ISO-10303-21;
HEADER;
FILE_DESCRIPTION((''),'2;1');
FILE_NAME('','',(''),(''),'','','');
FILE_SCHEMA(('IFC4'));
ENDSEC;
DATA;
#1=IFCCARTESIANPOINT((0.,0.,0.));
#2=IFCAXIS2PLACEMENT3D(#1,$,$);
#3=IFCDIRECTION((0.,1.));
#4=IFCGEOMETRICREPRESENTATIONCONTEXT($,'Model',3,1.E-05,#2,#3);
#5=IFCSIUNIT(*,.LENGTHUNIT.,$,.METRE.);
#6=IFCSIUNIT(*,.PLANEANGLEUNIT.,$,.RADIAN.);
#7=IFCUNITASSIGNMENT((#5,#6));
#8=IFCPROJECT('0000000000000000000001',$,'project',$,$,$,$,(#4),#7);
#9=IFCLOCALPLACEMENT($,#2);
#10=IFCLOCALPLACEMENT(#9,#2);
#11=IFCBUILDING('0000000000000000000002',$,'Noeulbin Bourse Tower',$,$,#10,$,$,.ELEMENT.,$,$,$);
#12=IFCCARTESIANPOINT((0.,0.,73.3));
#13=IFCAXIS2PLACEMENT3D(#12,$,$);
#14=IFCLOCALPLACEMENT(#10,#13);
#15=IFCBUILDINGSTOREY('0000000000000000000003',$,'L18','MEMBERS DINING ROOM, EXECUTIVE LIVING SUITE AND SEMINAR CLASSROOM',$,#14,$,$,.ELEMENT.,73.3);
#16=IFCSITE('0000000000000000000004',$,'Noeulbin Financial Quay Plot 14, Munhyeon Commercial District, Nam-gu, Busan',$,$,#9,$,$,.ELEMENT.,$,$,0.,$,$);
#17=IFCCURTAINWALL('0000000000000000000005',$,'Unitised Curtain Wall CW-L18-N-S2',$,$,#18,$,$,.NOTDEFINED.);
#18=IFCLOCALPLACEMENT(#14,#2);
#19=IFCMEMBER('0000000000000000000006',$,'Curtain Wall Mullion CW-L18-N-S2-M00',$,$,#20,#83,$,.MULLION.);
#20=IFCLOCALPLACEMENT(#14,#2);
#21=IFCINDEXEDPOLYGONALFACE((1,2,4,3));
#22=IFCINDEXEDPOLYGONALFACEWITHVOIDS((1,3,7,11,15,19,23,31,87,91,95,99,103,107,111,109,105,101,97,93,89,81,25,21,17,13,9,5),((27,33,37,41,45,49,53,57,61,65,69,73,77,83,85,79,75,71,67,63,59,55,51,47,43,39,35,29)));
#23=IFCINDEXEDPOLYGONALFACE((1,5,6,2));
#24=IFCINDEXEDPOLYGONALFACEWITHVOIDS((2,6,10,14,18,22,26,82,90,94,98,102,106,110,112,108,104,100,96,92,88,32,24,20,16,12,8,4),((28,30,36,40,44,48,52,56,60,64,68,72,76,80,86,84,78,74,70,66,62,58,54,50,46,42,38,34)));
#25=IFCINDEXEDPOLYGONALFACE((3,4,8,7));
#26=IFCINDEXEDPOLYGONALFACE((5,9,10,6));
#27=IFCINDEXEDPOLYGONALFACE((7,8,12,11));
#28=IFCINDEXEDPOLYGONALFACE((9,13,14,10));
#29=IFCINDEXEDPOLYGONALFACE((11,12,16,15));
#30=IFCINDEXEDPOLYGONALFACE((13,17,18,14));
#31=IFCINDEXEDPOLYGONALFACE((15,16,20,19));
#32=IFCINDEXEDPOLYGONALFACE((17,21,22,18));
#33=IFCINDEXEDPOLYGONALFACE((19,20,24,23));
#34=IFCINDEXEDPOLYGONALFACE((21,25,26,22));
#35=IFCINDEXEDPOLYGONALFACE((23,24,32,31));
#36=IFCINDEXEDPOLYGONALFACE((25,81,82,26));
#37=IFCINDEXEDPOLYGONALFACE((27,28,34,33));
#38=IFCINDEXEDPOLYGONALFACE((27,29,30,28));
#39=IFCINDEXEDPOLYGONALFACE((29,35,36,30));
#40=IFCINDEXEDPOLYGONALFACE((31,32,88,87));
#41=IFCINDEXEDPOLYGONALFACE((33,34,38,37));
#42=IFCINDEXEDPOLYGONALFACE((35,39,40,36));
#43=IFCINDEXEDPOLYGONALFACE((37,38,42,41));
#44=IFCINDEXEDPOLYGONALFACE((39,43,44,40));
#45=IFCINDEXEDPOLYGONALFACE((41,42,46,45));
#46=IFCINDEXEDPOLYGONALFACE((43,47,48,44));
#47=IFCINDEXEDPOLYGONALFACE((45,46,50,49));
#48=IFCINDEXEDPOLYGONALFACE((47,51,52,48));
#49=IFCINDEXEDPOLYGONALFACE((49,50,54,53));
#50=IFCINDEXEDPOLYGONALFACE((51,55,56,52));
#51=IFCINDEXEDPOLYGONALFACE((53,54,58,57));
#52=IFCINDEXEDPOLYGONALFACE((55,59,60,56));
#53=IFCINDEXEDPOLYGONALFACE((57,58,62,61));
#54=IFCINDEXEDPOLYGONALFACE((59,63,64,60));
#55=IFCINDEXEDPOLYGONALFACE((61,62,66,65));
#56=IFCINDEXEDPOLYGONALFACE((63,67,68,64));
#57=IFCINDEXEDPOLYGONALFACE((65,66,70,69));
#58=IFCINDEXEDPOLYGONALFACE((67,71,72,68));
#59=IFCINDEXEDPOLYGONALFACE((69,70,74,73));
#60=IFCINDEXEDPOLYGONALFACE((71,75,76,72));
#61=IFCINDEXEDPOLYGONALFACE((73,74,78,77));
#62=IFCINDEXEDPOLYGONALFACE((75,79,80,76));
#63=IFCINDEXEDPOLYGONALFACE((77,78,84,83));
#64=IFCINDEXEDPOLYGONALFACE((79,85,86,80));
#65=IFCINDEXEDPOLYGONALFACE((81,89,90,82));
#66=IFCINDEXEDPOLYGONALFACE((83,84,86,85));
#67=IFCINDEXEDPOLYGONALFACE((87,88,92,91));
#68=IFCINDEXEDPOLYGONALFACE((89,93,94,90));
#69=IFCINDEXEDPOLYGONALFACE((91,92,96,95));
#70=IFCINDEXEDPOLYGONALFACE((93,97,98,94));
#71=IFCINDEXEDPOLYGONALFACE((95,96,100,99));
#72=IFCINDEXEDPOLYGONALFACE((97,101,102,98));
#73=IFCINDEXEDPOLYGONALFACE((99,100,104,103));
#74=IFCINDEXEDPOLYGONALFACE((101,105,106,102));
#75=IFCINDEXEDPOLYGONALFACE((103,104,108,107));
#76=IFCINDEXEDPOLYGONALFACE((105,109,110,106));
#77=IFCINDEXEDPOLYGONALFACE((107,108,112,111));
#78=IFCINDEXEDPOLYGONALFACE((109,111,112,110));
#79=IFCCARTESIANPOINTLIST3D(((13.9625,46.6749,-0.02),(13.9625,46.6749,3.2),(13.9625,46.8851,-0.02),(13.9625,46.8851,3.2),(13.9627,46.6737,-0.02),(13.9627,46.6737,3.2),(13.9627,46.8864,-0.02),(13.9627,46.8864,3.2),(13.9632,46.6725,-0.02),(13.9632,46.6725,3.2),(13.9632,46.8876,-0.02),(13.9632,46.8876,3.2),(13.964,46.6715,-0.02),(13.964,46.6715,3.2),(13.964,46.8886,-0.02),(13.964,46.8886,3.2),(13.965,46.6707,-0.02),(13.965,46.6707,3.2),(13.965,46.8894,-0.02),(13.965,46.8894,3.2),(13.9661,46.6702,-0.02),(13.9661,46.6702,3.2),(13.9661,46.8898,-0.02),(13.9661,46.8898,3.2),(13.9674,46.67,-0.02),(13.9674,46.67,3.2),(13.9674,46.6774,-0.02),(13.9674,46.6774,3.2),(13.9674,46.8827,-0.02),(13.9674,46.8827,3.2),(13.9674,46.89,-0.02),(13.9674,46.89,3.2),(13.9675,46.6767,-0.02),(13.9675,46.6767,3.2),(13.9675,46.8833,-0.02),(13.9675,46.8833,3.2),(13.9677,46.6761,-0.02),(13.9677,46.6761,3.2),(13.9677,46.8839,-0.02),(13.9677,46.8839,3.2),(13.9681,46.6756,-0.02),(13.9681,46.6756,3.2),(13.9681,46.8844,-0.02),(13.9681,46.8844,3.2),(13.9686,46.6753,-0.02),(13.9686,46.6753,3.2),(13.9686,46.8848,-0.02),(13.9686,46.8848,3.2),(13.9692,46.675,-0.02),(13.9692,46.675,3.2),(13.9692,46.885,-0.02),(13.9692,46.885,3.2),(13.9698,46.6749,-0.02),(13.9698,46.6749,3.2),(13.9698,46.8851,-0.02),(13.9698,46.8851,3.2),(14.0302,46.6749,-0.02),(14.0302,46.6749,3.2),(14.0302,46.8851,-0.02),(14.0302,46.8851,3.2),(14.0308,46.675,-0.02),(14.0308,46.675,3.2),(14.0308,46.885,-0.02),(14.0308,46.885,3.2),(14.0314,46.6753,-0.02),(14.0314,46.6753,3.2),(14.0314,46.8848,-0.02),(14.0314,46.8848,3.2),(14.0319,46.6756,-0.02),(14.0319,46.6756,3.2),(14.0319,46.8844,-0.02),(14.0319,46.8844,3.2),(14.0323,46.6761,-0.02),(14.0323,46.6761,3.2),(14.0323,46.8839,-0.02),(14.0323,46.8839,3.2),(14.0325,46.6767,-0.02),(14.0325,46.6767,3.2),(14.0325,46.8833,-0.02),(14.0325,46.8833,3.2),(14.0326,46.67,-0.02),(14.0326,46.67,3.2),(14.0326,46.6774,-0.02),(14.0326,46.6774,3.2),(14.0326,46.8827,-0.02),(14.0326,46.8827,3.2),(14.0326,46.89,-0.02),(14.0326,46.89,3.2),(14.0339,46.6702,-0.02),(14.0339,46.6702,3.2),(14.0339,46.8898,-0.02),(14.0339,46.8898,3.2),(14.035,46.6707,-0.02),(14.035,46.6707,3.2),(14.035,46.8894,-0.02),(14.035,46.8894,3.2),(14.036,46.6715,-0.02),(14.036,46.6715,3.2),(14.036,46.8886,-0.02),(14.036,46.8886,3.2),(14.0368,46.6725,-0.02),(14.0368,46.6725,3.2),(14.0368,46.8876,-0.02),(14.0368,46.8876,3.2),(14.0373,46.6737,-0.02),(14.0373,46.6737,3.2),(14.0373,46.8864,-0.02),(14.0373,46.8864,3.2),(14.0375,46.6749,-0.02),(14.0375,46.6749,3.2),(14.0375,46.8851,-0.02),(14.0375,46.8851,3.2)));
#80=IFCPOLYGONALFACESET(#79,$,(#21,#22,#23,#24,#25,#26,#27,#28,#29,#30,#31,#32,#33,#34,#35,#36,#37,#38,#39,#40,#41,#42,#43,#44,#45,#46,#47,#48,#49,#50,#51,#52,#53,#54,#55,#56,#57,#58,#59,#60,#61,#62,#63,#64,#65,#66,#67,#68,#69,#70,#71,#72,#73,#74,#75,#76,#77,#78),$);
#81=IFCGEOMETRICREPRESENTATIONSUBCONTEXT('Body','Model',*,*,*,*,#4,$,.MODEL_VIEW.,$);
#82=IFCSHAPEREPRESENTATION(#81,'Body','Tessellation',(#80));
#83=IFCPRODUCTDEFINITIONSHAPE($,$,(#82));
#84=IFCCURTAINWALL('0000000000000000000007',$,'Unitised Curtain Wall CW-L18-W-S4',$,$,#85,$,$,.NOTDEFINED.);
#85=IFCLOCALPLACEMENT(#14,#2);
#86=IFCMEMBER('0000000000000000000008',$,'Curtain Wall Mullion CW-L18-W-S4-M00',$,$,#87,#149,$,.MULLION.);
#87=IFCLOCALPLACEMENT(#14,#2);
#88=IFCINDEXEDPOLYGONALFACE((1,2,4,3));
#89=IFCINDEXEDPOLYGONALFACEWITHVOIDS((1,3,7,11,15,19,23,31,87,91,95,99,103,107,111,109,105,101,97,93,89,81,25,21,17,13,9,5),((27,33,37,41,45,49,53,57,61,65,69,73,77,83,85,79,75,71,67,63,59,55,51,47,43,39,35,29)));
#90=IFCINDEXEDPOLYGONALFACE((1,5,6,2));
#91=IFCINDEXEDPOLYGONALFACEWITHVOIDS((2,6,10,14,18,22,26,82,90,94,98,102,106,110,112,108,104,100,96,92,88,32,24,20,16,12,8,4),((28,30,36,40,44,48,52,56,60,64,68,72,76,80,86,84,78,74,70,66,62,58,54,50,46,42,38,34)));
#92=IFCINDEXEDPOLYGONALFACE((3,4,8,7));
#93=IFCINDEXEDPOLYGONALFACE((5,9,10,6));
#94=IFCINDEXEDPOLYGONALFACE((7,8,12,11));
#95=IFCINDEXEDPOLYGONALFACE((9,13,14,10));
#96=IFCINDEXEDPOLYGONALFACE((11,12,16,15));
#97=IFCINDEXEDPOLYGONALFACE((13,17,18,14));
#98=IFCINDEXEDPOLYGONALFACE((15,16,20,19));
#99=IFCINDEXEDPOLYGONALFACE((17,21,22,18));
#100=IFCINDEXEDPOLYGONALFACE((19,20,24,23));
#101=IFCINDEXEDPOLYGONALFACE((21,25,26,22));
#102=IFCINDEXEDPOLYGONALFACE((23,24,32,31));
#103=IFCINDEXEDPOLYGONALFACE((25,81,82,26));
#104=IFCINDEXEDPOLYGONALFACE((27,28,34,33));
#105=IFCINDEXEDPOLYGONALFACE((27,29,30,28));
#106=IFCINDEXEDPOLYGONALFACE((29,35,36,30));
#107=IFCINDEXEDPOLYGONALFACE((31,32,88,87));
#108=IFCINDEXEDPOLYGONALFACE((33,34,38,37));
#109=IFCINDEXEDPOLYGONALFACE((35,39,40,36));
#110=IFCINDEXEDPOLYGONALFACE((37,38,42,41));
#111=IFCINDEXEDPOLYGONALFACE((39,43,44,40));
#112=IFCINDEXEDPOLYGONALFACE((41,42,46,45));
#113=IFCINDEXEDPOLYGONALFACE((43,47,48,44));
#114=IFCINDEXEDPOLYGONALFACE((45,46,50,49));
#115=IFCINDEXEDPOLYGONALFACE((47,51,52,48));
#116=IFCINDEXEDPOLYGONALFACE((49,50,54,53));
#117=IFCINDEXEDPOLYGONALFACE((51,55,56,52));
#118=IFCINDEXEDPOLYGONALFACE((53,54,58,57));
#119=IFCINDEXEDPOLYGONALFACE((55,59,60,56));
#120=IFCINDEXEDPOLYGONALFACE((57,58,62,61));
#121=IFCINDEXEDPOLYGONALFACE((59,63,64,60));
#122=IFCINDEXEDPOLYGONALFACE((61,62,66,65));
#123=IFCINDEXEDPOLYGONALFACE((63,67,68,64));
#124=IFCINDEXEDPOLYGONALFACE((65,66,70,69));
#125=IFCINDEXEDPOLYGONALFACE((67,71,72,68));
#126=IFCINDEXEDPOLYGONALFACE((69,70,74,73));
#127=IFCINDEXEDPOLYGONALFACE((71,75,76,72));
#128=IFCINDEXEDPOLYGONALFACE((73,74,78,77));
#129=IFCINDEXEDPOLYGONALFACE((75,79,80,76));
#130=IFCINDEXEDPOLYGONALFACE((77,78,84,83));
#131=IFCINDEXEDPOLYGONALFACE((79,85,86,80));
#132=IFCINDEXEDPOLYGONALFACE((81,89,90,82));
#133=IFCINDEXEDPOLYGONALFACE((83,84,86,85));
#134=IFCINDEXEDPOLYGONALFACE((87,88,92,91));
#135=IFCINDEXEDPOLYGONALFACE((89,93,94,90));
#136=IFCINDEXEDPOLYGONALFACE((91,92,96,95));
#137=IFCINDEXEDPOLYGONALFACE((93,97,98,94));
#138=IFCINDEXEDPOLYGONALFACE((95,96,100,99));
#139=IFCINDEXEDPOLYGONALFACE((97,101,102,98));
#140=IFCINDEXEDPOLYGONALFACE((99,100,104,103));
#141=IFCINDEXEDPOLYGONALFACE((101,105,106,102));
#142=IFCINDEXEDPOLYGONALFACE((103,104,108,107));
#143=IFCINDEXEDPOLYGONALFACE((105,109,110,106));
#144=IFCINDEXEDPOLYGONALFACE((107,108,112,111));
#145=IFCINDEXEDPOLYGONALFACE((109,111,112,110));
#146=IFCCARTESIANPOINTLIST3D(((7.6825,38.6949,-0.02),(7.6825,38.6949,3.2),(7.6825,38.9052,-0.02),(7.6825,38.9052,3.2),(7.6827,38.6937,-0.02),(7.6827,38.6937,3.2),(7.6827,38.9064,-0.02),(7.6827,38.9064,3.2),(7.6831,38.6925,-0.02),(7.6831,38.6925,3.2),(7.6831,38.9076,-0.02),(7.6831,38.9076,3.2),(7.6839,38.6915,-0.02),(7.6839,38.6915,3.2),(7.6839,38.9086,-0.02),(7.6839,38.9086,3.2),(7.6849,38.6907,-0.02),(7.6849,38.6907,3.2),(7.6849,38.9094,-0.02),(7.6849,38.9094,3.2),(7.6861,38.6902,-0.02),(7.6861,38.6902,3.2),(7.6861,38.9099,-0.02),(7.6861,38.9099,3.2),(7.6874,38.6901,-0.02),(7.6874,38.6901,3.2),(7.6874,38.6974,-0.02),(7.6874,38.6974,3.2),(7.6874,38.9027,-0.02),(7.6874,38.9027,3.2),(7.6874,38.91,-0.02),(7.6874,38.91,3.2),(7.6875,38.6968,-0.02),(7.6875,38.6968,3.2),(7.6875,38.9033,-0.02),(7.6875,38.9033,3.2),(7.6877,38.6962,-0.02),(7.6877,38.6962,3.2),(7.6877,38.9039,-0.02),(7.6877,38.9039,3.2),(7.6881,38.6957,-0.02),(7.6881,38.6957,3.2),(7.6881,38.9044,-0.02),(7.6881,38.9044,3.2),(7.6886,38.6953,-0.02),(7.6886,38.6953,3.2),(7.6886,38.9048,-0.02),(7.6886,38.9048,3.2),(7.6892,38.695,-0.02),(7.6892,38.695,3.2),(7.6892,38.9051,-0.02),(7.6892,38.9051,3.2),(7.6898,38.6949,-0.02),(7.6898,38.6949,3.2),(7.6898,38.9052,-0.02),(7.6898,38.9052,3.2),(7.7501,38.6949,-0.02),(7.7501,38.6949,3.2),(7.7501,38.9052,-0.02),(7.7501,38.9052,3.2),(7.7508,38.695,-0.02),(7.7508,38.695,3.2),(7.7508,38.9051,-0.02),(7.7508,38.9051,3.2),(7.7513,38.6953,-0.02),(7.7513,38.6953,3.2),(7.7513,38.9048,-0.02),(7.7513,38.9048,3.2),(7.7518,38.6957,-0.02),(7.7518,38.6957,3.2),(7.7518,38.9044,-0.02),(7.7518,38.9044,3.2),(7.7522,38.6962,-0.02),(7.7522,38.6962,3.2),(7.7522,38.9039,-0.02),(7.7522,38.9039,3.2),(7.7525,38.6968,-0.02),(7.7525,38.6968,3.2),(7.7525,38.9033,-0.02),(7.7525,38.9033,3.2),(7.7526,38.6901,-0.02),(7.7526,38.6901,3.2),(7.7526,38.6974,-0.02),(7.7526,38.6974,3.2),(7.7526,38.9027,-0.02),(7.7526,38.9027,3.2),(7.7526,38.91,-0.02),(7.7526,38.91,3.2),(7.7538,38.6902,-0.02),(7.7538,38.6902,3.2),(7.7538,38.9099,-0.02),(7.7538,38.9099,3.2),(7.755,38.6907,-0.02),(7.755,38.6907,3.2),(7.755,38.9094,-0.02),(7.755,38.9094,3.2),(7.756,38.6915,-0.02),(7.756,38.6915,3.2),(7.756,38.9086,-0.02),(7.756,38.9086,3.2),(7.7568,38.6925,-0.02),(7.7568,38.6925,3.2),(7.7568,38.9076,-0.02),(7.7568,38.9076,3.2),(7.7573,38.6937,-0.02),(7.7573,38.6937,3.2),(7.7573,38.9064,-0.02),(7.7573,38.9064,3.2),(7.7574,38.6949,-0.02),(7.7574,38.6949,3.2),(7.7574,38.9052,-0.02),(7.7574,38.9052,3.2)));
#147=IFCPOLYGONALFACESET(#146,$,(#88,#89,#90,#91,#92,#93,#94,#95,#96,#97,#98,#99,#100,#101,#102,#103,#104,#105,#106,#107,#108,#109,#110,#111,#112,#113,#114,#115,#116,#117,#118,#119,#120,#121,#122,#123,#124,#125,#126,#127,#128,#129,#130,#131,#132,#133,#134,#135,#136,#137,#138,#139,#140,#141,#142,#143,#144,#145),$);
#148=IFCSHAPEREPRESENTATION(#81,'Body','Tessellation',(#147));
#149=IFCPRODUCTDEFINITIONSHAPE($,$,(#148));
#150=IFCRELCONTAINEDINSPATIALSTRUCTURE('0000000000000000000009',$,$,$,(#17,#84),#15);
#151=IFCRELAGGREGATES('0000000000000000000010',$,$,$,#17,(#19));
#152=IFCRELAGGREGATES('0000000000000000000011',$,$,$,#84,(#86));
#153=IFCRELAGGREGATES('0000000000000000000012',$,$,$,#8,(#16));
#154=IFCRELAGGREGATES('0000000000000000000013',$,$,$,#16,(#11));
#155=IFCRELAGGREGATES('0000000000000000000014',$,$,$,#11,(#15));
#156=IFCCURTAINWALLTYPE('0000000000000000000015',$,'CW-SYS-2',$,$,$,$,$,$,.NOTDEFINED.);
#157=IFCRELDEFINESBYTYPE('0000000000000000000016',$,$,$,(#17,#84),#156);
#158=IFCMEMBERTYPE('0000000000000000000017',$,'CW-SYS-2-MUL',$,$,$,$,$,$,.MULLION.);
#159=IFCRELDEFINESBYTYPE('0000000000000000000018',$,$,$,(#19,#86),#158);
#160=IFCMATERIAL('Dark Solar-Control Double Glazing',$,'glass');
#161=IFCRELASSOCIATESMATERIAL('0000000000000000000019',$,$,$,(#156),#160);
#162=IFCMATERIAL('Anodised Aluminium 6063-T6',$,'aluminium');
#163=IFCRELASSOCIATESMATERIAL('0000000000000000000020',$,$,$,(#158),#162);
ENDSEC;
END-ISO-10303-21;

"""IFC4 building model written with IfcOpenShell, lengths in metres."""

from ifc_helpers import new_model, si_unit, direction, frame, origin, origin_2d, place, context, subcontext, project, spatial, hollow_rectangle, extrude, material, material_profile, profile_set, type_object, element, aggregate, save


model = new_model("IFC4")

# Units and contexts
model_context = context("Model", 3, precision=1e-05, world=origin(), true_north=direction((0.0, 1.0)))
body_context = subcontext(model_context, "Body", "Model", "MODEL_VIEW")
ifc_project = project(units=[si_unit("LENGTHUNIT", "METRE"), si_unit("PLANEANGLEUNIT", "RADIAN")], contexts=[model_context])

# Site, building, storey
site_placement = place(None, origin())
site = spatial("IfcSite", under=ifc_project, at=site_placement, Name="Noeulbin Financial Quay Plot 14, Munhyeon Commercial District, Nam-gu, Busan", CompositionType="ELEMENT", RefElevation=0.0)
building_placement = place(site_placement, origin())
building = spatial("IfcBuilding", under=site, at=building_placement, Name="Noeulbin Bourse Tower", CompositionType="ELEMENT")
storey_placement = place(building_placement, frame((0.0, 0.0, 73.3)))
storey = spatial("IfcBuildingStorey", under=building, at=storey_placement, Name="L18", Description="MEMBERS DINING ROOM, EXECUTIVE LIVING SUITE AND SEMINAR CLASSROOM", CompositionType="ELEMENT", Elevation=73.3)

# Shared definitions
ifc_material_1 = material(Name="Dark Solar-Control Double Glazing", Category="glass")
curtain_wall_type = type_object("IfcCurtainWallType", Name="CW-SYS-2", PredefinedType="NOTDEFINED", material=ifc_material_1)
ifc_material_2 = material(Name="Anodised Aluminium 6063-T6", Category="aluminium")
ifc_material_profile_1 = material_profile(ifc_material_2, hollow_rectangle(XDim=0.075, YDim=0.22, WallThickness=0.0049, InnerFilletRadius=0.0024, OuterFilletRadius=0.0049, at=origin_2d()), Name="ALU-MULL-75x220x5", Category="LoadBearing")
ifc_profile_set_1 = profile_set([ifc_material_profile_1], Name="Anodised Aluminium 6063-T6")
member_type_1 = type_object("IfcMemberType", Name="CW-SYS-2-MUL", PredefinedType="MULLION", material=ifc_profile_set_1)

# Curtain wall, member
curtain_wall_1_placement = place(storey_placement, origin())
curtain_wall_1 = element("IfcCurtainWall", 1, at=curtain_wall_1_placement, inside=storey, type_object=curtain_wall_type, Name="Unitised Curtain Wall CW-L18-N-S2", PredefinedType="NOTDEFINED")
member_1_placement = place(storey_placement, frame((14.0, 46.78, -0.02), z_axis=(0.0, 0.0, 1.0), x_axis=(1.0, 0.0, 0.0)))
member_1 = element("IfcMember", 2, at=member_1_placement, type_object=member_type_1, Name="Curtain Wall Mullion CW-L18-N-S2-M00", PredefinedType="MULLION", context=body_context, shape_type="SweptSolid", body=[
    extrude(hollow_rectangle(XDim=0.075, YDim=0.22, WallThickness=0.0049, InnerFilletRadius=0.0024, OuterFilletRadius=0.0049, at=origin_2d()), origin(), (0.0, 0.0, 1.0), 3.22),
])

# Curtain wall, member
curtain_wall_2_placement = place(storey_placement, origin())
curtain_wall_2 = element("IfcCurtainWall", 3, at=curtain_wall_2_placement, inside=storey, type_object=curtain_wall_type, Name="Unitised Curtain Wall CW-L18-W-S4", PredefinedType="NOTDEFINED")
member_2_placement = place(storey_placement, frame((7.72, 38.8, -0.02), z_axis=(0.0, 0.0, 1.0), x_axis=(1.0, 0.0, 0.0)))
member_2 = element("IfcMember", 4, at=member_2_placement, type_object=member_type_1, Name="Curtain Wall Mullion CW-L18-W-S4-M00", PredefinedType="MULLION", context=body_context, shape_type="SweptSolid", body=[
    extrude(hollow_rectangle(XDim=0.075, YDim=0.22, WallThickness=0.0049, InnerFilletRadius=0.0024, OuterFilletRadius=0.0049, at=origin_2d()), origin(), (0.0, 0.0, 1.0), 3.22),
])

aggregate(curtain_wall_1, [member_1])

aggregate(curtain_wall_2, [member_2])

save(model, "model.ifc")
